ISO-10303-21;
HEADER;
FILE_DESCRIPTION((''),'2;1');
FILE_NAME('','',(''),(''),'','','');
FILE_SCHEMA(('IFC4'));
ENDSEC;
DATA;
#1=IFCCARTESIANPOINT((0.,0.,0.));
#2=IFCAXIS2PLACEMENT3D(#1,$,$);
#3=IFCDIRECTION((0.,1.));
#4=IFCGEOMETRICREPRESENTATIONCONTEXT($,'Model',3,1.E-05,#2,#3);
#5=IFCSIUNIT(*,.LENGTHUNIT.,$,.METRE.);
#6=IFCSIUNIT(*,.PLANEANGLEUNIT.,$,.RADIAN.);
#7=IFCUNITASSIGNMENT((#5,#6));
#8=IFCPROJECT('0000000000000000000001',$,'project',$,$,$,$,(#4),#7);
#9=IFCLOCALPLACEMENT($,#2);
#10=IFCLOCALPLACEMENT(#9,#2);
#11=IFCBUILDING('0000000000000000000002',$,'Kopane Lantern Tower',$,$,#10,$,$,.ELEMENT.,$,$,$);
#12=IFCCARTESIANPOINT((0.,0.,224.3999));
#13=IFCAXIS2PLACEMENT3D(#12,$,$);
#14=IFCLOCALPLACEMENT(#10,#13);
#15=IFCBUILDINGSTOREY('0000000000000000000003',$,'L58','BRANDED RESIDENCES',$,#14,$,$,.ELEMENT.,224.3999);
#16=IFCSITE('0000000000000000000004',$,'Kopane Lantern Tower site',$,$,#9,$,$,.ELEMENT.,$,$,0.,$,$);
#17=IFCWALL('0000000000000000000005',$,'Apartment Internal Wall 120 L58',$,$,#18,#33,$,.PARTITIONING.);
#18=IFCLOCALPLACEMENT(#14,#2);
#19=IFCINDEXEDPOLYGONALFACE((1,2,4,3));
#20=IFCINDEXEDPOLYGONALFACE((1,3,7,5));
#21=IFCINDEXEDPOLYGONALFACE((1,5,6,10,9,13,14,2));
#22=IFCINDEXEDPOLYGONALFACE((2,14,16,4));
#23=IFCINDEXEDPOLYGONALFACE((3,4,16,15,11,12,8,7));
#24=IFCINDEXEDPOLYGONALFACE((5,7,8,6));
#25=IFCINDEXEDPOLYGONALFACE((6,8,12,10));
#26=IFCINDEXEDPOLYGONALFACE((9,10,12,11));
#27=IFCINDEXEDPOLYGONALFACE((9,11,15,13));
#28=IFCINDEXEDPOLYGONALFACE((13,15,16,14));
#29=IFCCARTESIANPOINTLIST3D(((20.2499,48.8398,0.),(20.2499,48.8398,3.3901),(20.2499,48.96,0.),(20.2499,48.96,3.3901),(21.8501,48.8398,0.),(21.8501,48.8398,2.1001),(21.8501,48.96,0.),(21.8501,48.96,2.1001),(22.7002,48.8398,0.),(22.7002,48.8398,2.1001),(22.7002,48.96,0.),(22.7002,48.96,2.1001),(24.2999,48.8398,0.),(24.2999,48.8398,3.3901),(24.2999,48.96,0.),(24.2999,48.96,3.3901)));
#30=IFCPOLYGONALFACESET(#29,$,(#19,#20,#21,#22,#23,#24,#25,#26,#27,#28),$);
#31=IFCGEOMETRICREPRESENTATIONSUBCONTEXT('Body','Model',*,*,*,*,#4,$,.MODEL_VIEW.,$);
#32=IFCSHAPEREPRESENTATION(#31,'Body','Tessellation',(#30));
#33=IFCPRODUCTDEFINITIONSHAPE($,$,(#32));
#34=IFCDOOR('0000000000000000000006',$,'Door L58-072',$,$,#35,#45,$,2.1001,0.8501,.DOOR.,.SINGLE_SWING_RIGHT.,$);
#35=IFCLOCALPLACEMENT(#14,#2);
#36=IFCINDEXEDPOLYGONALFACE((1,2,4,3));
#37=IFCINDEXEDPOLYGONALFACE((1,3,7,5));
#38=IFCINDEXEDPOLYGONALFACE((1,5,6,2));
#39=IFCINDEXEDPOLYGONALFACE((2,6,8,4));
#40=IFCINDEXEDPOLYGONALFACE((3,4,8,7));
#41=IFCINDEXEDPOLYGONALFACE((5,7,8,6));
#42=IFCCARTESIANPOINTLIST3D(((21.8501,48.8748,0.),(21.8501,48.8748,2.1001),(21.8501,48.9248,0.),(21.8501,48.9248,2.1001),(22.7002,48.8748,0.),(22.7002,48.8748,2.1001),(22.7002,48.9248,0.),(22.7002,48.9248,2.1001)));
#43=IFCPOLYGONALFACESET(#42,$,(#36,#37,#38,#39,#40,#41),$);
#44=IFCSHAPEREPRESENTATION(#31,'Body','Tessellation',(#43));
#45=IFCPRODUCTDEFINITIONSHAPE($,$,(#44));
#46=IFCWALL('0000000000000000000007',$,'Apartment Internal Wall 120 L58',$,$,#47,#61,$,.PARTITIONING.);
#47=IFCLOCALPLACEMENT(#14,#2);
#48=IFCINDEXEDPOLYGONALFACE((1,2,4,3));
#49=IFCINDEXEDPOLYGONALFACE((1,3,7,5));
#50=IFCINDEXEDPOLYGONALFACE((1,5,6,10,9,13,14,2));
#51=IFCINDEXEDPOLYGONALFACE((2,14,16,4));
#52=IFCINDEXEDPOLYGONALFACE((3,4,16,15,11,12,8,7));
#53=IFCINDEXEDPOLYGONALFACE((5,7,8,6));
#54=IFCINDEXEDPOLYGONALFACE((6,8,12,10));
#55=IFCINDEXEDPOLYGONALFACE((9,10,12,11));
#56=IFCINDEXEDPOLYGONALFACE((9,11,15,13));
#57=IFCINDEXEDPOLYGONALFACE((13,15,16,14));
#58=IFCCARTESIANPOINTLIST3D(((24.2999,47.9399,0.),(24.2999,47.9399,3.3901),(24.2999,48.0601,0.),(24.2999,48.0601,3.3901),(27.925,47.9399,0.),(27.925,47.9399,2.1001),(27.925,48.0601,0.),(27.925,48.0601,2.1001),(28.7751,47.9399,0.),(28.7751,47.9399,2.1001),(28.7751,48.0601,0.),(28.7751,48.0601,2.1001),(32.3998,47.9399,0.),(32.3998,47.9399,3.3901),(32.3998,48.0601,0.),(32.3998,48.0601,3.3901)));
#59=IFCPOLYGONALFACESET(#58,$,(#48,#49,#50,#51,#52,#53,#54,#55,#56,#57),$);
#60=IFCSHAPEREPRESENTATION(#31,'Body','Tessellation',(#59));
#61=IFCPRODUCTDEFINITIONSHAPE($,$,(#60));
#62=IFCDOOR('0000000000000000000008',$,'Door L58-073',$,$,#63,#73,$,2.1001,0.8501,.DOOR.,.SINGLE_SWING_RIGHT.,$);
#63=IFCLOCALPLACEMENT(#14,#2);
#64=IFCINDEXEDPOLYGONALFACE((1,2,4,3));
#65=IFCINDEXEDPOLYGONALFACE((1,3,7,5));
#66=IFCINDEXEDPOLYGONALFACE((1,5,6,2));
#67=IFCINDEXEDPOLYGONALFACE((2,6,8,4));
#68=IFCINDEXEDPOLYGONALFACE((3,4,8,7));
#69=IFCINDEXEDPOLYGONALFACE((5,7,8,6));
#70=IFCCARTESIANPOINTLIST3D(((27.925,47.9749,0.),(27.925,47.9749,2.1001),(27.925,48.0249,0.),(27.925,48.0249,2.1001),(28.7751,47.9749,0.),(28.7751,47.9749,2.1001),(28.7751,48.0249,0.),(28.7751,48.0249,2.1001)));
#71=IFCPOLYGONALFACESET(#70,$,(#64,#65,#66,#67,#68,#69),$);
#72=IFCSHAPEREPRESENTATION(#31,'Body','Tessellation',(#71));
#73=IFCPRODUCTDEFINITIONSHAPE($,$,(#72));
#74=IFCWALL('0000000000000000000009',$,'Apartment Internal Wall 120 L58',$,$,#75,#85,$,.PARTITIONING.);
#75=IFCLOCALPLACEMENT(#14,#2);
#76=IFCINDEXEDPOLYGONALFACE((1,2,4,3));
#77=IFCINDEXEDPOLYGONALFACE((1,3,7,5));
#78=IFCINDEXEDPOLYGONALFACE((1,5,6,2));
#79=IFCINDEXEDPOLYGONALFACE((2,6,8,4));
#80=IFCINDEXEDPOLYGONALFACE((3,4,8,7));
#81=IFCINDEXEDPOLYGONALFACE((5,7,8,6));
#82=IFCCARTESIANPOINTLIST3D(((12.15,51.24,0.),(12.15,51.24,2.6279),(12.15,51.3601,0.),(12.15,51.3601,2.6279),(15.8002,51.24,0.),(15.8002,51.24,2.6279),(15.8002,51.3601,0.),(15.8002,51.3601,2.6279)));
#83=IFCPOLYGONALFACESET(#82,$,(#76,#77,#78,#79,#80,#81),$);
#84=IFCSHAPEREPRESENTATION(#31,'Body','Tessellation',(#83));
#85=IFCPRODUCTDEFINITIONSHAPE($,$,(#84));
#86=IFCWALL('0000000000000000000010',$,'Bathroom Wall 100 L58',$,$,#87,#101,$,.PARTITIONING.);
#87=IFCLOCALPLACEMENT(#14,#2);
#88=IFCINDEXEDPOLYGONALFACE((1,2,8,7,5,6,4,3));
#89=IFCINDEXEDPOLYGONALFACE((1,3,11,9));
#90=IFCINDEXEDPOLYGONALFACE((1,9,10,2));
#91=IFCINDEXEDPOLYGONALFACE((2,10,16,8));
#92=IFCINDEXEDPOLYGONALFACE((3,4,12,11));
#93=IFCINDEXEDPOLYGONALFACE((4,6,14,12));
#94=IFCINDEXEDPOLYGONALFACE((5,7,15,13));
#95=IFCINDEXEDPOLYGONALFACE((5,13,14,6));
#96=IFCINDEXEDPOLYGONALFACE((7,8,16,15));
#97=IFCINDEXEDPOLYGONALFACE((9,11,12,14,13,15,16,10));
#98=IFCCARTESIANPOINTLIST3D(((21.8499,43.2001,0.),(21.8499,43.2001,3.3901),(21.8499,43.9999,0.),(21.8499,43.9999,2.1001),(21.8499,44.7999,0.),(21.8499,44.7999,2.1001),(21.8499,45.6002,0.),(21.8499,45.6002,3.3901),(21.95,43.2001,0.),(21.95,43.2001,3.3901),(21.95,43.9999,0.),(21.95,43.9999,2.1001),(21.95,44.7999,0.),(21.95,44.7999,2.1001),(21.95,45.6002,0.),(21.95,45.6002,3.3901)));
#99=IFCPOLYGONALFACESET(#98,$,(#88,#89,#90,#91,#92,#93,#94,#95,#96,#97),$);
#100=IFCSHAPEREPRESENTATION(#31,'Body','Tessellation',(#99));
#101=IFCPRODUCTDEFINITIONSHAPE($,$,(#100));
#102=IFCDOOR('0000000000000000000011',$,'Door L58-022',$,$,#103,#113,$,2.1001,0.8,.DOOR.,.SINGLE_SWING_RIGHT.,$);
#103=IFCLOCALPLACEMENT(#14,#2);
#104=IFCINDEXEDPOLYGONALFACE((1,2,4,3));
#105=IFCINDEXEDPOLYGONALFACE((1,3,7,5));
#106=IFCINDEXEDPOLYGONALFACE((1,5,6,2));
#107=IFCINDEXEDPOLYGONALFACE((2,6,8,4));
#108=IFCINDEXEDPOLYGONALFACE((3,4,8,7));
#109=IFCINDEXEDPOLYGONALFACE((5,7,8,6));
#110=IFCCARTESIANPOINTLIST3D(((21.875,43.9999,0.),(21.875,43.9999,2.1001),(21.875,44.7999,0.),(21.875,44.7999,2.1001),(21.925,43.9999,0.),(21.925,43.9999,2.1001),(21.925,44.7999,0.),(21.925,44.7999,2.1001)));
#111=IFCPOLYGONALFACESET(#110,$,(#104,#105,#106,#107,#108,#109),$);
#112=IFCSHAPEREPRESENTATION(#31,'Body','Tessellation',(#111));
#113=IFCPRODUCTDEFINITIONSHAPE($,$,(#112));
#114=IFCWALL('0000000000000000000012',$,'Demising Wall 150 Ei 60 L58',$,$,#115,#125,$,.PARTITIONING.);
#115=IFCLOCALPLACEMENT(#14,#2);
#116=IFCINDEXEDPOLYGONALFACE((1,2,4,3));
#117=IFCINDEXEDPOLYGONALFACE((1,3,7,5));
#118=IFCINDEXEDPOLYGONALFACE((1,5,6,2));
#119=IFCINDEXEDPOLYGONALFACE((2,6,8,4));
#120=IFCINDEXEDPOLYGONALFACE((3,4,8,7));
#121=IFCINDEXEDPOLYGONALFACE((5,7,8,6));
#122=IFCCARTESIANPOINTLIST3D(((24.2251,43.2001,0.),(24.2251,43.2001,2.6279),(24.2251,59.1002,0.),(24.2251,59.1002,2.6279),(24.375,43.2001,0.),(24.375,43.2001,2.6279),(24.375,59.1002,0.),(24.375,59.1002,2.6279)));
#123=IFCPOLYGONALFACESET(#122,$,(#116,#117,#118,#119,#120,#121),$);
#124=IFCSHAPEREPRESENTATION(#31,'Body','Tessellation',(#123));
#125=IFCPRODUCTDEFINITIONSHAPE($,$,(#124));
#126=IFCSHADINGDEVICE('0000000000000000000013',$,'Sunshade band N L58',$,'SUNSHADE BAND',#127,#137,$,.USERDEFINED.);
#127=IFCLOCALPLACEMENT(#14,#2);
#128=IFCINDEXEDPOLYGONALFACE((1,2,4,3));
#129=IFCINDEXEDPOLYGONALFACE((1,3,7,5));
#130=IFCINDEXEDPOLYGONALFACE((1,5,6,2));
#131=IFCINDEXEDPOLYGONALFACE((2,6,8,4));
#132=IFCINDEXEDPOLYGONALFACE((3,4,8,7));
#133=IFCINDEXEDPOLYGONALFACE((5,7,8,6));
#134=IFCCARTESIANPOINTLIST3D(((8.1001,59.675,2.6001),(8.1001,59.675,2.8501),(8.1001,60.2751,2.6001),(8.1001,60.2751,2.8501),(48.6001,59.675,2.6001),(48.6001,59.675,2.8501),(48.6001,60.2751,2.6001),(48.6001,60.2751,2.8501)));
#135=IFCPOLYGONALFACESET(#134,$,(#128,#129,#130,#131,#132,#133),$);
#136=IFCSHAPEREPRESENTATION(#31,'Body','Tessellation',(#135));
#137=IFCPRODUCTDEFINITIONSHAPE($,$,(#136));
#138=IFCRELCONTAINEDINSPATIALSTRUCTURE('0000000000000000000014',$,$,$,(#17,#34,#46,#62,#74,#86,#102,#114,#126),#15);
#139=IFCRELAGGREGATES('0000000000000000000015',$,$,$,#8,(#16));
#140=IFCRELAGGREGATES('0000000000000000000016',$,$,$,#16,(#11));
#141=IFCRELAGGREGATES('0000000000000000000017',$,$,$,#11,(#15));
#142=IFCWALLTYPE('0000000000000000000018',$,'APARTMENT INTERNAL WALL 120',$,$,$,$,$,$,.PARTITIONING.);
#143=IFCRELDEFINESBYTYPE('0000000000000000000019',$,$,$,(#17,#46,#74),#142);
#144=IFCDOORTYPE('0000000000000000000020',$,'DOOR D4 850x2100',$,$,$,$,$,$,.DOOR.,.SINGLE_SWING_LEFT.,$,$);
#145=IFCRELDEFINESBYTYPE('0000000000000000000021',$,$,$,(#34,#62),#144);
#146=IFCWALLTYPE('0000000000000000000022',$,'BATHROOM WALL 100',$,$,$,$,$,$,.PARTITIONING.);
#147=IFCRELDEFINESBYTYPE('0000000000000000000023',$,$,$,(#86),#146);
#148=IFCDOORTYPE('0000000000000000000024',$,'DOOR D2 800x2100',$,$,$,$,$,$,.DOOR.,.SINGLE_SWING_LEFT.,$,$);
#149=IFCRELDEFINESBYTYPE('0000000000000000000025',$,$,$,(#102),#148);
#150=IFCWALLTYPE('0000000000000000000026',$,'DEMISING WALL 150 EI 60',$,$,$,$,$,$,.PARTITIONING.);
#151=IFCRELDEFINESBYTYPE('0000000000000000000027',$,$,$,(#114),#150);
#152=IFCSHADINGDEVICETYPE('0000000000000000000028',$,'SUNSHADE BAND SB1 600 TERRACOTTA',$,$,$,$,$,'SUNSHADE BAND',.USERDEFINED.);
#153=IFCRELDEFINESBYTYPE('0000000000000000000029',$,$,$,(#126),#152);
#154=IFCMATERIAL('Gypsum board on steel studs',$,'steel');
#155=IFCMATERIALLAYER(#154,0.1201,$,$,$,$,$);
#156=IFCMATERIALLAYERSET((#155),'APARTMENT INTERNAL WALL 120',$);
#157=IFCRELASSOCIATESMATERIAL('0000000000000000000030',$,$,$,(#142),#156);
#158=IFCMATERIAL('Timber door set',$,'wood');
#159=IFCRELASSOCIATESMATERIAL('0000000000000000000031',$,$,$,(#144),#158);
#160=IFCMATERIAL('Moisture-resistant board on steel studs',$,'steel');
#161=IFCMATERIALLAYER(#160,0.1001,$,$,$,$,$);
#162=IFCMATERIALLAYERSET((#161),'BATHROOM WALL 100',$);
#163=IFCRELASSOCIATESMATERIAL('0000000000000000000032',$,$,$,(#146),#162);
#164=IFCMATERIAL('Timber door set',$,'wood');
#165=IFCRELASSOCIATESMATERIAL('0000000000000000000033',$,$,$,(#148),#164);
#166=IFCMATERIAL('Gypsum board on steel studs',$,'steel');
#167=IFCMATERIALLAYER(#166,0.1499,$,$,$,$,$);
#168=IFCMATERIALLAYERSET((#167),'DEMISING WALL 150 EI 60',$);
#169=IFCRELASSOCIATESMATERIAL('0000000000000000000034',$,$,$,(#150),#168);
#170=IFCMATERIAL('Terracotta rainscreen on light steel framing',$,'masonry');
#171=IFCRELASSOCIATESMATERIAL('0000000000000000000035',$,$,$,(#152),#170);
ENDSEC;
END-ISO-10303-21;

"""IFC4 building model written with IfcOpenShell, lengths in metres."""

from ifc_helpers import new_model, si_unit, direction, frame, frame_2d, origin, origin_2d, place, context, subcontext, project, spatial, rectangle, extrude, material, layer, layer_set, type_object, element, fill, save


model = new_model("IFC4")

# Units and contexts
model_context = context("Model", 3, precision=1e-05, world=origin(), true_north=direction((0.0, 1.0)))
body_context = subcontext(model_context, "Body", "Model", "MODEL_VIEW")
ifc_project = project(units=[si_unit("LENGTHUNIT", "METRE"), si_unit("PLANEANGLEUNIT", "RADIAN")], contexts=[model_context])

# Site, building, storey
site_placement = place(None, origin())
site = spatial("IfcSite", under=ifc_project, at=site_placement, Name="Kopane Lantern Tower site", CompositionType="ELEMENT", RefElevation=0.0)
building_placement = place(site_placement, origin())
building = spatial("IfcBuilding", under=site, at=building_placement, Name="Kopane Lantern Tower", CompositionType="ELEMENT")
storey_placement = place(building_placement, frame((0.0, 0.0, 224.3999)))
storey = spatial("IfcBuildingStorey", under=building, at=storey_placement, Name="L58", Description="BRANDED RESIDENCES", CompositionType="ELEMENT", Elevation=224.3999)

# Shared definitions
ifc_material_1 = material(Name="Gypsum board on steel studs", Category="steel")
ifc_layer_1 = layer(ifc_material_1, 0.1201)
ifc_layer_set_1 = layer_set([ifc_layer_1], Name="APARTMENT INTERNAL WALL 120")
wall_type_1 = type_object("IfcWallType", Name="APARTMENT INTERNAL WALL 120", PredefinedType="PARTITIONING", material=ifc_layer_set_1)

# Walls, openings, doors
ifc_material_2 = material(Name="Timber door set", Category="wood")
door_type_1 = type_object("IfcDoorType", Name="DOOR D4 850x2100", OperationType="SINGLE_SWING_LEFT", PredefinedType="DOOR", material=ifc_material_2)
wall_1_placement = place(storey_placement, frame((20.25, 48.8999, 0.0), z_axis=(0.0, 0.0, 1.0), x_axis=(1.0, 0.0, 0.0)))
wall_1 = element("IfcWall", 1, at=wall_1_placement, inside=storey, type_object=wall_type_1, Name="Apartment Internal Wall 120 L58", PredefinedType="PARTITIONING", context=body_context, shape_type="SweptSolid", body=[
    extrude(rectangle(XDim=4.05, YDim=0.1201, at=frame_2d((2.0249, 0.0))), origin(), (0.0, 0.0, 1.0), 3.3901),
])
opening_1_placement = place(wall_1_placement, frame((1.6001, 0.0, 0.0)))
opening_1 = element("IfcOpeningElement", 2, at=opening_1_placement, cuts=wall_1, PredefinedType="OPENING", context=body_context, shape_type="SweptSolid", body=[
    extrude(rectangle(XDim=0.8501, YDim=2.1001, at=frame_2d((0.425, 1.05))), frame((0.0, 0.0701, 0.0), z_axis=(0.0, -1.0, 0.0), x_axis=(1.0, 0.0, 0.0)), (0.0, 0.0, 1.0), 0.1401),
])
door_1_placement = place(opening_1_placement, origin())
door_1 = element("IfcDoor", 3, at=door_1_placement, inside=storey, type_object=door_type_1, Name="Door L58-072", OperationType="SINGLE_SWING_RIGHT", OverallHeight=2.1001, OverallWidth=0.8501, PredefinedType="DOOR", context=body_context, shape_type="SweptSolid", body=[
    extrude(rectangle(XDim=0.8501, YDim=2.1001, at=frame_2d((0.425, 1.05))), frame((0.0, 0.0249, 0.0), z_axis=(0.0, -1.0, 0.0), x_axis=(1.0, 0.0, 0.0)), (0.0, 0.0, 1.0), 0.05),
])
fill(opening_1, door_1)
wall_2_placement = place(storey_placement, frame((24.3, 48.0, 0.0), z_axis=(0.0, 0.0, 1.0), x_axis=(1.0, 0.0, 0.0)))
wall_2 = element("IfcWall", 4, at=wall_2_placement, inside=storey, type_object=wall_type_1, Name="Apartment Internal Wall 120 L58", PredefinedType="PARTITIONING", context=body_context, shape_type="SweptSolid", body=[
    extrude(rectangle(XDim=8.0999, YDim=0.1201, at=frame_2d((4.0498, 0.0))), origin(), (0.0, 0.0, 1.0), 3.3901),
])
opening_2_placement = place(wall_2_placement, frame((3.625, 0.0, 0.0)))
opening_2 = element("IfcOpeningElement", 5, at=opening_2_placement, cuts=wall_2, PredefinedType="OPENING", context=body_context, shape_type="SweptSolid", body=[
    extrude(rectangle(XDim=0.8501, YDim=2.1001, at=frame_2d((0.425, 1.05))), frame((0.0, 0.0701, 0.0), z_axis=(0.0, -1.0, 0.0), x_axis=(1.0, 0.0, 0.0)), (0.0, 0.0, 1.0), 0.1401),
])
door_2_placement = place(opening_2_placement, origin())
door_2 = element("IfcDoor", 6, at=door_2_placement, inside=storey, type_object=door_type_1, Name="Door L58-073", OperationType="SINGLE_SWING_RIGHT", OverallHeight=2.1001, OverallWidth=0.8501, PredefinedType="DOOR", context=body_context, shape_type="SweptSolid", body=[
    extrude(rectangle(XDim=0.8501, YDim=2.1001, at=frame_2d((0.425, 1.05))), frame((0.0, 0.0249, 0.0), z_axis=(0.0, -1.0, 0.0), x_axis=(1.0, 0.0, 0.0)), (0.0, 0.0, 1.0), 0.05),
])
fill(opening_2, door_2)

# Wall
wall_3_placement = place(storey_placement, frame((12.1499, 51.3, 0.0), z_axis=(0.0, 0.0, 1.0), x_axis=(1.0, 0.0, 0.0)))
element("IfcWall", 7, at=wall_3_placement, inside=storey, type_object=wall_type_1, Name="Apartment Internal Wall 120 L58", PredefinedType="PARTITIONING", context=body_context, shape_type="SweptSolid", body=[
    extrude(rectangle(XDim=3.6501, YDim=0.1201, at=frame_2d((1.8252, 0.0))), origin(), (0.0, 0.0, 1.0), 2.6279),
])

# Wall, opening, door
ifc_material_3 = material(Name="Moisture-resistant board on steel studs", Category="steel")
ifc_layer_2 = layer(ifc_material_3, 0.1001)
ifc_layer_set_2 = layer_set([ifc_layer_2], Name="BATHROOM WALL 100")
wall_type_2 = type_object("IfcWallType", Name="BATHROOM WALL 100", PredefinedType="PARTITIONING", material=ifc_layer_set_2)
wall_4_placement = place(storey_placement, frame((21.8999, 43.2, 0.0), z_axis=(0.0, 0.0, 1.0), x_axis=(0.0, 1.0, 0.0)))
wall_4 = element("IfcWall", 8, at=wall_4_placement, inside=storey, type_object=wall_type_2, Name="Bathroom Wall 100 L58", PredefinedType="PARTITIONING", context=body_context, shape_type="SweptSolid", body=[
    extrude(rectangle(XDim=2.4001, YDim=0.1001, at=frame_2d((1.2002, 0.0))), origin(), (0.0, 0.0, 1.0), 3.3901),
])
opening_3_placement = place(wall_4_placement, frame((0.8, 0.0, 0.0)))
opening_3 = element("IfcOpeningElement", 9, at=opening_3_placement, cuts=wall_4, PredefinedType="OPENING", context=body_context, shape_type="SweptSolid", body=[
    extrude(rectangle(XDim=0.8, YDim=2.1001, at=frame_2d((0.3999, 1.05))), frame((0.0, 0.0601, 0.0), z_axis=(0.0, -1.0, 0.0), x_axis=(1.0, 0.0, 0.0)), (0.0, 0.0, 1.0), 0.1201),
])
ifc_material_4 = material(Name="Timber door set", Category="wood")
door_type_2 = type_object("IfcDoorType", Name="DOOR D2 800x2100", OperationType="SINGLE_SWING_LEFT", PredefinedType="DOOR", material=ifc_material_4)
door_3_placement = place(opening_3_placement, origin())
door_3 = element("IfcDoor", 10, at=door_3_placement, inside=storey, type_object=door_type_2, Name="Door L58-022", OperationType="SINGLE_SWING_RIGHT", OverallHeight=2.1001, OverallWidth=0.8, PredefinedType="DOOR", context=body_context, shape_type="SweptSolid", body=[
    extrude(rectangle(XDim=0.8, YDim=2.1001, at=frame_2d((0.3999, 1.05))), frame((0.0, 0.0249, 0.0), z_axis=(0.0, -1.0, 0.0), x_axis=(1.0, 0.0, 0.0)), (0.0, 0.0, 1.0), 0.05),
])
fill(opening_3, door_3)

# Wall
ifc_material_5 = material(Name="Gypsum board on steel studs", Category="steel")
ifc_layer_3 = layer(ifc_material_5, 0.1499)
ifc_layer_set_3 = layer_set([ifc_layer_3], Name="DEMISING WALL 150 EI 60")
wall_type_3 = type_object("IfcWallType", Name="DEMISING WALL 150 EI 60", PredefinedType="PARTITIONING", material=ifc_layer_set_3)
wall_5_placement = place(storey_placement, frame((24.3, 43.2, 0.0), z_axis=(0.0, 0.0, 1.0), x_axis=(0.0, 1.0, 0.0)))
element("IfcWall", 11, at=wall_5_placement, inside=storey, type_object=wall_type_3, Name="Demising Wall 150 Ei 60 L58", PredefinedType="PARTITIONING", context=body_context, shape_type="SweptSolid", body=[
    extrude(rectangle(XDim=15.9001, YDim=0.1499, at=frame_2d((7.9502, 0.0))), origin(), (0.0, 0.0, 1.0), 2.6279),
])

# Shading device
ifc_material_6 = material(Name="Terracotta rainscreen on light steel framing", Category="masonry")
shading_device_type = type_object("IfcShadingDeviceType", Name="SUNSHADE BAND SB1 600 TERRACOTTA", ElementType="SUNSHADE BAND", PredefinedType="USERDEFINED", material=ifc_material_6)
shading_device_placement = place(storey_placement, frame((28.3501, 59.9751, 2.6001), z_axis=(0.0, 0.0, 1.0), x_axis=(-1.0, 0.0, 0.0)))
element("IfcShadingDevice", 12, at=shading_device_placement, inside=storey, type_object=shading_device_type, Name="Sunshade band N L58", ObjectType="SUNSHADE BAND", PredefinedType="USERDEFINED", context=body_context, shape_type="SweptSolid", body=[
    extrude(rectangle(XDim=40.5, YDim=0.6001, at=origin_2d()), origin(), (0.0, 0.0, 1.0), 0.25),
])

save(model, "model.ifc")
